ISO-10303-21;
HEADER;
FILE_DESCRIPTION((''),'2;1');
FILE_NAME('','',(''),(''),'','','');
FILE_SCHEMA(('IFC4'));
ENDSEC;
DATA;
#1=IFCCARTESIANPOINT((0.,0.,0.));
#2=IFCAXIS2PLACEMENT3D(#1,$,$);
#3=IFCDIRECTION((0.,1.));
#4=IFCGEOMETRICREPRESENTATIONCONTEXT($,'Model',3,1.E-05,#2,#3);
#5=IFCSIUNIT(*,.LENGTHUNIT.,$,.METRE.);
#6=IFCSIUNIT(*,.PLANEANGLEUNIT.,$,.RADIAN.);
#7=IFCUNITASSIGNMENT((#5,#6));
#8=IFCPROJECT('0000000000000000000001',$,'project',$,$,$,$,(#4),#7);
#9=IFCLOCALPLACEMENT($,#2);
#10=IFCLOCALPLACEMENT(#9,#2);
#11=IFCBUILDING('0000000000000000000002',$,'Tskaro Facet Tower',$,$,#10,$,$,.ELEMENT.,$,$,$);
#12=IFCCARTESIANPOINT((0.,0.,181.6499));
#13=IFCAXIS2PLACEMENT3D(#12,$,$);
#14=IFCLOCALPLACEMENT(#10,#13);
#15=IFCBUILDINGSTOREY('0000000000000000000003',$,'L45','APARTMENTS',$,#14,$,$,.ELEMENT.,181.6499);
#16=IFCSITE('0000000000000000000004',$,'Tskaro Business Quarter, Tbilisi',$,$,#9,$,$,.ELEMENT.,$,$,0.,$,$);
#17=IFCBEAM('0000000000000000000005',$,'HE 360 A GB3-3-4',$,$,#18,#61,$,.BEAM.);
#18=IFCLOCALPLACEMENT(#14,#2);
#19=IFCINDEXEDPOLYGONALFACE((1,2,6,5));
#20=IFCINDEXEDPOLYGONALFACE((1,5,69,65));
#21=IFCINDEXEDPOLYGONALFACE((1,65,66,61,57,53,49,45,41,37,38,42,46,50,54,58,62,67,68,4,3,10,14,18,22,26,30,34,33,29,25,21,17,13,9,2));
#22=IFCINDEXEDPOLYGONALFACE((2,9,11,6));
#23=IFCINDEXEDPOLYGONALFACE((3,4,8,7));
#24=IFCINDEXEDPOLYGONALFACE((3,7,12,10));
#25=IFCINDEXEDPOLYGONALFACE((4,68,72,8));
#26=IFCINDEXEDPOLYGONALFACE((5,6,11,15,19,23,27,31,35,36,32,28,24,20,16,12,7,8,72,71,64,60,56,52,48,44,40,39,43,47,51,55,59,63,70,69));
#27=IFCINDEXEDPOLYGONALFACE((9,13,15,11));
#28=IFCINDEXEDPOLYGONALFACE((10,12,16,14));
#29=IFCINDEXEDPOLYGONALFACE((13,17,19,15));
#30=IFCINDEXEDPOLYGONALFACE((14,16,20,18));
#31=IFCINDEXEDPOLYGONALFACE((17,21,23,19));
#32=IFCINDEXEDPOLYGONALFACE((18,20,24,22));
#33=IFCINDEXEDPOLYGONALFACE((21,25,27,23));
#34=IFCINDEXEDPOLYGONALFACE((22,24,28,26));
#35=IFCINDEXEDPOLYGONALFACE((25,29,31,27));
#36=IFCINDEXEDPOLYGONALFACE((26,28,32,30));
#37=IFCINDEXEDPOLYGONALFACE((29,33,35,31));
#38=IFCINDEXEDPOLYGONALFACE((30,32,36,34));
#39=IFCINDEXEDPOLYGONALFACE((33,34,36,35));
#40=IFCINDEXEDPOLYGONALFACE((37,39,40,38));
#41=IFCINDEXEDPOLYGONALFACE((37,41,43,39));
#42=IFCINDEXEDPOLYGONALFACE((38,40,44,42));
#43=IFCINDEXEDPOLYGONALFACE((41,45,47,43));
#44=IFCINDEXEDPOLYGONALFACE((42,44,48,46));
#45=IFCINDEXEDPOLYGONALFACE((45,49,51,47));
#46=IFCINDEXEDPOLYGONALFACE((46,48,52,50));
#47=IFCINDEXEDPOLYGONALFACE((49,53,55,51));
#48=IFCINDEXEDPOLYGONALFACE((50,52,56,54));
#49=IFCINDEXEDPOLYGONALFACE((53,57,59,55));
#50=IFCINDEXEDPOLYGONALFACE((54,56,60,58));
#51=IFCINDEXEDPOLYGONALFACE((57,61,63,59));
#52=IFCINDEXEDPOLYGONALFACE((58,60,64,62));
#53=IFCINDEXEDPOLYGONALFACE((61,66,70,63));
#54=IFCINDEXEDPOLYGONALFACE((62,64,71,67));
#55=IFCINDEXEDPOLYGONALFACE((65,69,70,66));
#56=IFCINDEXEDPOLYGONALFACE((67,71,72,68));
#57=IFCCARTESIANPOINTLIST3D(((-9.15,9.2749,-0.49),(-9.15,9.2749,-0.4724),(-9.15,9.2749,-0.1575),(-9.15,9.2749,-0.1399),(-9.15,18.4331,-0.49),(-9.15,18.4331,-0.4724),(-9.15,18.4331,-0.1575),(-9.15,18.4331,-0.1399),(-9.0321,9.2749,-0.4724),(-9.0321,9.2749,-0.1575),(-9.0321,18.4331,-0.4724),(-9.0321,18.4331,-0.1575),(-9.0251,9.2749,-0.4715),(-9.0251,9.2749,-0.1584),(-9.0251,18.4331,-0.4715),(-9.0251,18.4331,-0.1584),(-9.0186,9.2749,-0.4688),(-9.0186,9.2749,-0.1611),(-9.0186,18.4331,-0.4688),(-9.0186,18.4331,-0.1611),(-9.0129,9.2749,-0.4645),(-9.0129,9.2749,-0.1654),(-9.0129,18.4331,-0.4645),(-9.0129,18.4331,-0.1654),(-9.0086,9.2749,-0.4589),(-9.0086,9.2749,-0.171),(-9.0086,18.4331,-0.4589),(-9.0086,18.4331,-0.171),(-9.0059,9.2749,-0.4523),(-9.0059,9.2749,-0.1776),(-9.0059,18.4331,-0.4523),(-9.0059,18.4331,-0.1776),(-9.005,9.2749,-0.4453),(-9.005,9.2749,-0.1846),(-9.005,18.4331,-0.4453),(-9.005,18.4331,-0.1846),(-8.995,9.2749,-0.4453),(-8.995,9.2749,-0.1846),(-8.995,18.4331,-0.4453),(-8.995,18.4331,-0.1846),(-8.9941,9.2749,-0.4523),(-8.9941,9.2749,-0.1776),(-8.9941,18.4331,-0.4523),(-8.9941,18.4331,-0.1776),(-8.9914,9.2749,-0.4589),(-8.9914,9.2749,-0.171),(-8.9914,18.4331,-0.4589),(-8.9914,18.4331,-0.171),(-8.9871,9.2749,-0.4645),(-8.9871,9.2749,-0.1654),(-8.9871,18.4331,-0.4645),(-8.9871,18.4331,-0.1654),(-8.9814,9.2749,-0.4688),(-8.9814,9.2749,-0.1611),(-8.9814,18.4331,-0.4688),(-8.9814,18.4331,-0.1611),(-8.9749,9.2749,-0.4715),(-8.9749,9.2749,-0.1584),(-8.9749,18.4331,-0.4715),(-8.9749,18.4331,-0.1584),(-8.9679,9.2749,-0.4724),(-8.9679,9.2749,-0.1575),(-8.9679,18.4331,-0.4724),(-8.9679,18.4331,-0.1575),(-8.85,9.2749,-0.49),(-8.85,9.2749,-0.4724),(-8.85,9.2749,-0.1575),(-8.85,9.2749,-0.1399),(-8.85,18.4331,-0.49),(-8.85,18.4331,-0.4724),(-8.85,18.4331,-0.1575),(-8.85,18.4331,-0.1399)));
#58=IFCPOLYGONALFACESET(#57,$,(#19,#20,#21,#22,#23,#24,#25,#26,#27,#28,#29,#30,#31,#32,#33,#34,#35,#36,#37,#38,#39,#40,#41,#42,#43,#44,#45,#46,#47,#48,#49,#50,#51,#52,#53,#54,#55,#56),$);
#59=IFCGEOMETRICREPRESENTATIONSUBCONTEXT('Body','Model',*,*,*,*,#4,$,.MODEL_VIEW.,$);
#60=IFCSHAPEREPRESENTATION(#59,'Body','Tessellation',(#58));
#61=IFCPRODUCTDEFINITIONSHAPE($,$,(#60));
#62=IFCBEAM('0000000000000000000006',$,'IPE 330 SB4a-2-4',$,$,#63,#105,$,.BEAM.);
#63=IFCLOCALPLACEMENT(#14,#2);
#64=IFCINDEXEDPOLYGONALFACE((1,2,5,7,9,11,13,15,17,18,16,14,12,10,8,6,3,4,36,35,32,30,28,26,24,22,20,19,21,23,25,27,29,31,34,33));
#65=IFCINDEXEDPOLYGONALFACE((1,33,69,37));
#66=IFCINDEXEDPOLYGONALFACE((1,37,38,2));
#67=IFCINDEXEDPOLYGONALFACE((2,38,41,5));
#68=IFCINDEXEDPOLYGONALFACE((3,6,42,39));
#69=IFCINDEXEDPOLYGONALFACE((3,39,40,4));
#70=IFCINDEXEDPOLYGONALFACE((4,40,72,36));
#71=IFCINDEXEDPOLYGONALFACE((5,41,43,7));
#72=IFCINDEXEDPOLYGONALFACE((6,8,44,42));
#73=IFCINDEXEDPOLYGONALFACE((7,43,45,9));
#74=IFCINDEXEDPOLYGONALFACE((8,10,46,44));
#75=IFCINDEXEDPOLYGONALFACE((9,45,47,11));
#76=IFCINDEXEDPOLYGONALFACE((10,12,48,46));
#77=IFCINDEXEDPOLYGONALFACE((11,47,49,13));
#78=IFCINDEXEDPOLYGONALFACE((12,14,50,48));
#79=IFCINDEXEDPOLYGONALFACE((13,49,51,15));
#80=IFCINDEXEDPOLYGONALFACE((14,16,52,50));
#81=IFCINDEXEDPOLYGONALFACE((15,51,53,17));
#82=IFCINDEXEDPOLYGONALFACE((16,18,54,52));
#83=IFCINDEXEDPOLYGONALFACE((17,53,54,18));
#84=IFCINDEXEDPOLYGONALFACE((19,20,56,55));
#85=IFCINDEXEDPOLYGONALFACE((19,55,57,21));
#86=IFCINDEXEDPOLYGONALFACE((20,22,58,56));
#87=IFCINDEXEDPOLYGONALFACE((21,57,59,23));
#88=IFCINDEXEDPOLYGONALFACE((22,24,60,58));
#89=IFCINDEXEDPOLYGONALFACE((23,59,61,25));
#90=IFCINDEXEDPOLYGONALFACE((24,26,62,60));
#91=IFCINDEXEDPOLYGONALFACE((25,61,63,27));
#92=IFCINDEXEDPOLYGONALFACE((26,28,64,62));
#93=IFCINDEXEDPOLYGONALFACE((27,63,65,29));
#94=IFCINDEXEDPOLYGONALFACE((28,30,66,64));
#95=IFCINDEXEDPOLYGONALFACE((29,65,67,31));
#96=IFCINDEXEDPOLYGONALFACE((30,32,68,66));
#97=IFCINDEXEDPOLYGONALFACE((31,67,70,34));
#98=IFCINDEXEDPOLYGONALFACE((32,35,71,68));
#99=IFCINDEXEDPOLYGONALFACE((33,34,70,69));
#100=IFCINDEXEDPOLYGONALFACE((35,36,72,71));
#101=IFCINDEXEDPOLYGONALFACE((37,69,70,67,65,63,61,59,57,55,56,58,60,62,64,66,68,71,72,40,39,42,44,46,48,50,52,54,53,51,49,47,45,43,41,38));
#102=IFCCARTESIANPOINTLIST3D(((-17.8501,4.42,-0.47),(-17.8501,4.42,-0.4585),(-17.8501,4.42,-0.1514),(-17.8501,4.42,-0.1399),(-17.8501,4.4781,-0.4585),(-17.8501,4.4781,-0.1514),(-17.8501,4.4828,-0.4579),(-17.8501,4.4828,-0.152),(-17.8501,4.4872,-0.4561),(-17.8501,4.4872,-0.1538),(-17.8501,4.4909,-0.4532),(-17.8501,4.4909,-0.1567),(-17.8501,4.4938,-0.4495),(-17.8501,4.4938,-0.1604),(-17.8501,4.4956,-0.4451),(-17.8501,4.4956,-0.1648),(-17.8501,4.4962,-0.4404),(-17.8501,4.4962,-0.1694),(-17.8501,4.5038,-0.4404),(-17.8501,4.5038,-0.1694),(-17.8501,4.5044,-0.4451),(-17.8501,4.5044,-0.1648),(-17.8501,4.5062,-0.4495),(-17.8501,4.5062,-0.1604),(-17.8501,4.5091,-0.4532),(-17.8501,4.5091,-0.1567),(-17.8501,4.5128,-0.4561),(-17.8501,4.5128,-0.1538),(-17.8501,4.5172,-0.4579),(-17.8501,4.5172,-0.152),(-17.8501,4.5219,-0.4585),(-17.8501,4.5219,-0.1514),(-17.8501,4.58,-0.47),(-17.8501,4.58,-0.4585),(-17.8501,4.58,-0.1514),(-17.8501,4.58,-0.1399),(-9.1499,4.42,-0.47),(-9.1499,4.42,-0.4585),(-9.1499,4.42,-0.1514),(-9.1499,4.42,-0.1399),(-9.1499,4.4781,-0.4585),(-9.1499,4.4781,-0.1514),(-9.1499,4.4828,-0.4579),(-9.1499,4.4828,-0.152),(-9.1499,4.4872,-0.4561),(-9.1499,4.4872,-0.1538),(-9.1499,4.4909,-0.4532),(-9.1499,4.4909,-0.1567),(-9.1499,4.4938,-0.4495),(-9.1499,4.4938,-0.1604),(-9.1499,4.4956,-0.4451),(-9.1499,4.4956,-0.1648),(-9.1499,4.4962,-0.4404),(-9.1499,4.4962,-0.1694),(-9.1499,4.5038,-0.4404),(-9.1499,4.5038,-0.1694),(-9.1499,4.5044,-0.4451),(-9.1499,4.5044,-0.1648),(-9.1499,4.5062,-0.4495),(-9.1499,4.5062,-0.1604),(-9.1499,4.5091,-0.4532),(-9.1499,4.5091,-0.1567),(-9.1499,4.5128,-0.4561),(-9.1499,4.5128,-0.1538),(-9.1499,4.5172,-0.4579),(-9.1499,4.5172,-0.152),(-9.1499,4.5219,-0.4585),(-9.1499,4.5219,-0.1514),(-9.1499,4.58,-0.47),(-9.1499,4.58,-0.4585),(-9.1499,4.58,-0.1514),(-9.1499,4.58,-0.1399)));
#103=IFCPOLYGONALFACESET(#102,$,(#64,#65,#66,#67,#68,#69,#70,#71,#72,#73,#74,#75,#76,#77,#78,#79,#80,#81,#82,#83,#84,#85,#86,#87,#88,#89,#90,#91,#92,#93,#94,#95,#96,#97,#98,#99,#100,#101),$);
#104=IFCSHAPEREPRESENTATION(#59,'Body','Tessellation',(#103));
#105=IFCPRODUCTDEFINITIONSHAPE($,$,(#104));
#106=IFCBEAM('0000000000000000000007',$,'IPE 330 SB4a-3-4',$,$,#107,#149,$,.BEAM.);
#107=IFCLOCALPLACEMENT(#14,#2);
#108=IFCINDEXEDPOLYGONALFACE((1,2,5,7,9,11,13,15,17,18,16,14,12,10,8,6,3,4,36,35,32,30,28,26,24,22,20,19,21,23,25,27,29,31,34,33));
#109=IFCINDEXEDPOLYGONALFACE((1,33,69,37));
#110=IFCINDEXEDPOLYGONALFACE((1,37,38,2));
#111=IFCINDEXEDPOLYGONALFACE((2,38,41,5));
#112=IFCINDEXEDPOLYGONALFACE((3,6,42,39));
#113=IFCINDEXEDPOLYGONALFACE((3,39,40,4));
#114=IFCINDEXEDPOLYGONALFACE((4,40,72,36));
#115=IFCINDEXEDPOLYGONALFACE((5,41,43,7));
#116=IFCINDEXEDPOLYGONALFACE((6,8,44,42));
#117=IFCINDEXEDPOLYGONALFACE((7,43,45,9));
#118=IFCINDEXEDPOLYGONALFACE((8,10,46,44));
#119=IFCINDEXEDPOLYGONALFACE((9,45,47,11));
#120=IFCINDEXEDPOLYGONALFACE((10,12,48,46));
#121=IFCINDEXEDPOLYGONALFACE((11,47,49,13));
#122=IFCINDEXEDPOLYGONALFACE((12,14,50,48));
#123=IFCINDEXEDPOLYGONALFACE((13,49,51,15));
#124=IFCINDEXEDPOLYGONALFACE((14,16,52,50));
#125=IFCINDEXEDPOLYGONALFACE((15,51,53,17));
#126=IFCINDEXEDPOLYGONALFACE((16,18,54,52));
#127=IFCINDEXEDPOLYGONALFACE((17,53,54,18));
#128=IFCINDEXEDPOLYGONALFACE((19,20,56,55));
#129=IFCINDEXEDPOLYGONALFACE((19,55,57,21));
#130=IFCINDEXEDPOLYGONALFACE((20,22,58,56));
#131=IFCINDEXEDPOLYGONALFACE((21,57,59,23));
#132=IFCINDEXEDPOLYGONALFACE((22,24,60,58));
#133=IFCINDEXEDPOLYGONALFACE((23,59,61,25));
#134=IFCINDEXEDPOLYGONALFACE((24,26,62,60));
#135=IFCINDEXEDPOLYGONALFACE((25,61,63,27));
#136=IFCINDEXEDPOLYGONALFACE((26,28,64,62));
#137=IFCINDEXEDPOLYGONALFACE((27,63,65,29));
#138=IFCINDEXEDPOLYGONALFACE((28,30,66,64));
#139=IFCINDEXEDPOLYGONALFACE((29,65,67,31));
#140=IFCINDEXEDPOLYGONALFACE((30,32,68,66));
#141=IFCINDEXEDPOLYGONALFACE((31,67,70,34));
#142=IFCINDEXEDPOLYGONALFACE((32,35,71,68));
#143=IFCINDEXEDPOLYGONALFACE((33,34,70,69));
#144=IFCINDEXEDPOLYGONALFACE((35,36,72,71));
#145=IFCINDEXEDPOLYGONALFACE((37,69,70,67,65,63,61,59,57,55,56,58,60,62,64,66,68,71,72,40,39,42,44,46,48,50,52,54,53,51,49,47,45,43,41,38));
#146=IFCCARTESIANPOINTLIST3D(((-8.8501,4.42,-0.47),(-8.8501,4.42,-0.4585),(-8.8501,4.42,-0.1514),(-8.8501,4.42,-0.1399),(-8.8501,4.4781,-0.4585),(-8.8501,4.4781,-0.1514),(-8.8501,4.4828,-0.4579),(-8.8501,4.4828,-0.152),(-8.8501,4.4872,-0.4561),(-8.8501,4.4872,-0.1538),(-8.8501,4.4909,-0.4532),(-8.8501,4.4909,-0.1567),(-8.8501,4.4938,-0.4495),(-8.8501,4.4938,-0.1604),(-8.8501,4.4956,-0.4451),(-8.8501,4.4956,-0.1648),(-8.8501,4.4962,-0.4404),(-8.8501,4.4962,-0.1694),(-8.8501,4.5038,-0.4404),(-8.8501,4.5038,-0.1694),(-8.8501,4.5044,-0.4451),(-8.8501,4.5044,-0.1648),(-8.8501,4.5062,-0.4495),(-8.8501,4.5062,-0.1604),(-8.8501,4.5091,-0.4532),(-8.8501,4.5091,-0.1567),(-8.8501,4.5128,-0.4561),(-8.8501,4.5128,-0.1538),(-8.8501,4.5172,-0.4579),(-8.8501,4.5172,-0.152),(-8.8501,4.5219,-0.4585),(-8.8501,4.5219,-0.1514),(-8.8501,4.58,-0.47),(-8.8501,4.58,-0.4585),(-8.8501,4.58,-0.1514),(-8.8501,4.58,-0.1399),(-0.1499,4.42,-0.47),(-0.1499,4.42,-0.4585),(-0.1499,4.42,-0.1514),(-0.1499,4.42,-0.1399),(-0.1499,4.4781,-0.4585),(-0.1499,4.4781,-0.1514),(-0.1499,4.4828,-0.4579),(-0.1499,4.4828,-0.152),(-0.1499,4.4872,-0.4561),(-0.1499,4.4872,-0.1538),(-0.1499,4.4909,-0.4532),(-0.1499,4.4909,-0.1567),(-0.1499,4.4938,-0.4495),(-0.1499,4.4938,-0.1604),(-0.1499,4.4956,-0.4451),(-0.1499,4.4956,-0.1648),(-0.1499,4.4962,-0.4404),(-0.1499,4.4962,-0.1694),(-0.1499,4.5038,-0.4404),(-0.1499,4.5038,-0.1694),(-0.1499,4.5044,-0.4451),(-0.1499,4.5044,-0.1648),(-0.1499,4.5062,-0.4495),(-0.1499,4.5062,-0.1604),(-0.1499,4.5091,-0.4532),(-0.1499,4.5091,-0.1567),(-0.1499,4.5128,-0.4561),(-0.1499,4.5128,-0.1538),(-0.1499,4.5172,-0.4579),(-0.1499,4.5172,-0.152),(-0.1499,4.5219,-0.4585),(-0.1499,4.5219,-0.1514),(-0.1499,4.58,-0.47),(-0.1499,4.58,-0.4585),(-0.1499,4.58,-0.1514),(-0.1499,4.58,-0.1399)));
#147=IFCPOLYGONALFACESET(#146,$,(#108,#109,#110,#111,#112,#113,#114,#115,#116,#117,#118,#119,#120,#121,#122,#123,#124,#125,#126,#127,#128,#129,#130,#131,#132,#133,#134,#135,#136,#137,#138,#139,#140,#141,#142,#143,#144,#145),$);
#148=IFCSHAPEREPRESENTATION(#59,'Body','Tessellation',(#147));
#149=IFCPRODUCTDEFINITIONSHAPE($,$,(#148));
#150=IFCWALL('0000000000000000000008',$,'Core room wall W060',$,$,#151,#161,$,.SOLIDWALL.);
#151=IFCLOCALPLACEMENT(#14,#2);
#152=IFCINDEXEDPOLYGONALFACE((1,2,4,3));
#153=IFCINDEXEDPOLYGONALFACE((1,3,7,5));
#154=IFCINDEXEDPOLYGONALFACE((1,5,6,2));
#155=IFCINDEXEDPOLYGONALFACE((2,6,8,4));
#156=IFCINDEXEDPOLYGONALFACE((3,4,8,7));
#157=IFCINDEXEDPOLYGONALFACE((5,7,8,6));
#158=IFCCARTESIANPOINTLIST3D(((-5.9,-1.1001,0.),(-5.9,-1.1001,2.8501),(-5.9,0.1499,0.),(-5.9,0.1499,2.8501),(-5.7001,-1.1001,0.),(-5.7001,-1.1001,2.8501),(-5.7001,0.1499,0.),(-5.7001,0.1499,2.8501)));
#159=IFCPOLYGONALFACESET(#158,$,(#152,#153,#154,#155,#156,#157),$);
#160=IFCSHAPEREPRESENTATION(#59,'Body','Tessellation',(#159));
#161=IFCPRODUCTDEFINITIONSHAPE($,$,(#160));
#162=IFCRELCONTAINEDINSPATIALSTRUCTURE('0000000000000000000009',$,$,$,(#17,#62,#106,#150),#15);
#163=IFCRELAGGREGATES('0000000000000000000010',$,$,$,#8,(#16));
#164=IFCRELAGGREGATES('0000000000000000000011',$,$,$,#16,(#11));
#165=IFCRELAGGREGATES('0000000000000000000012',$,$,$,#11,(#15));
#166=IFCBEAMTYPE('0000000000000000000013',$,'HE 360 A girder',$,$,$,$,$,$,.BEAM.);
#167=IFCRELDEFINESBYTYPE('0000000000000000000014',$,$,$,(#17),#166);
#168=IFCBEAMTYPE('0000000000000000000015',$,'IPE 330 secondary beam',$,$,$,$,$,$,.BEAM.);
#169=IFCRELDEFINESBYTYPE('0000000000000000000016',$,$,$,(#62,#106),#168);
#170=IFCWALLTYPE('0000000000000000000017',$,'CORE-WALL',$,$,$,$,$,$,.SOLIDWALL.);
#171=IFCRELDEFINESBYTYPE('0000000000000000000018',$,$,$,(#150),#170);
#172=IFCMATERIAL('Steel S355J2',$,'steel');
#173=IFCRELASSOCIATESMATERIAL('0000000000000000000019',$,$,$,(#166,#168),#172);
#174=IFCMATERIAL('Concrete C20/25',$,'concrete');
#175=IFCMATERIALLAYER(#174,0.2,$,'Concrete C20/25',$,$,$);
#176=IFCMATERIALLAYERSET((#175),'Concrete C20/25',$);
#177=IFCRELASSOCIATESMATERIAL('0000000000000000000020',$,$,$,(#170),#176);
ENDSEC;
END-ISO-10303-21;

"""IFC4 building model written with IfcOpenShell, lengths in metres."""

from ifc_helpers import new_model, si_unit, direction, frame, frame_2d, origin, origin_2d, place, context, subcontext, project, spatial, rectangle, i_section, extrude, material, layer, layer_set, material_profile, profile_set, type_object, element, save


model = new_model("IFC4")

# Units and contexts
model_context = context("Model", 3, precision=1e-05, world=origin(), true_north=direction((0.0, 1.0)))
body_context = subcontext(model_context, "Body", "Model", "MODEL_VIEW")
ifc_project = project(units=[si_unit("LENGTHUNIT", "METRE"), si_unit("PLANEANGLEUNIT", "RADIAN")], contexts=[model_context])

# Site, building, storey
site_placement = place(None, origin())
site = spatial("IfcSite", under=ifc_project, at=site_placement, Name="Tskaro Business Quarter, Tbilisi", CompositionType="ELEMENT", RefElevation=0.0)
building_placement = place(site_placement, origin())
building = spatial("IfcBuilding", under=site, at=building_placement, Name="Tskaro Facet Tower", CompositionType="ELEMENT")
storey_placement = place(building_placement, frame((0.0, 0.0, 181.6499)))
storey = spatial("IfcBuildingStorey", under=building, at=storey_placement, Name="L45", Description="APARTMENTS", CompositionType="ELEMENT", Elevation=181.6499)

# Beams
ifc_material_1 = material(Name="Steel S355J2", Category="steel")
ifc_material_profile_1 = material_profile(ifc_material_1, i_section(OverallWidth=0.3, OverallDepth=0.3501, WebThickness=0.01, FlangeThickness=0.0176, FilletRadius=0.0271, at=origin_2d()), Name="HE 360 A")
ifc_profile_set_1 = profile_set([ifc_material_profile_1], Name="Steel S355J2")
beam_type_1 = type_object("IfcBeamType", Name="HE 360 A girder", PredefinedType="BEAM", material=ifc_profile_set_1)
beam_1_placement = place(storey_placement, frame((-9.0, 9.2749, -0.3149), z_axis=(0.0, 1.0, 0.0), x_axis=(-1.0, 0.0, 0.0)))
element("IfcBeam", 1, at=beam_1_placement, inside=storey, type_object=beam_type_1, Name="HE 360 A GB3-3-4", PredefinedType="BEAM", context=body_context, shape_type="SweptSolid", body=[
    extrude(i_section(OverallWidth=0.3, OverallDepth=0.3501, WebThickness=0.01, FlangeThickness=0.0176, FilletRadius=0.0271, at=origin_2d()), origin(), (0.0, 0.0, 1.0), 9.1582),
])
ifc_material_profile_2 = material_profile(ifc_material_1, i_section(OverallWidth=0.1599, OverallDepth=0.3301, WebThickness=0.0076, FlangeThickness=0.0115, FilletRadius=0.0181, at=origin_2d()), Name="IPE 330")
ifc_profile_set_2 = profile_set([ifc_material_profile_2], Name="Steel S355J2")
beam_type_2 = type_object("IfcBeamType", Name="IPE 330 secondary beam", PredefinedType="BEAM", material=ifc_profile_set_2)
for number, where, z_axis, x_axis, name in (
    (2, (-17.8501, 4.5, -0.3049), (1.0, 0.0, 0.0), (0.0, 1.0, 0.0), "IPE 330 SB4a-2-4"),
    (3, (-8.8501, 4.5, -0.3049), (1.0, 0.0, 0.0), (0.0, 1.0, 0.0), "IPE 330 SB4a-3-4"),
):
    element("IfcBeam", number, at=place(storey_placement, frame(where, z_axis=z_axis, x_axis=x_axis)), inside=storey, type_object=beam_type_2, Name=name, PredefinedType="BEAM", context=body_context, shape_type="SweptSolid", body=[
        extrude(i_section(OverallWidth=0.1599, OverallDepth=0.3301, WebThickness=0.0076, FlangeThickness=0.0115, FilletRadius=0.0181, at=origin_2d()), origin(), (0.0, 0.0, 1.0), 8.7002),
    ])

# Wall
ifc_material_2 = material(Name="Concrete C20/25", Category="concrete")
ifc_layer_1 = layer(ifc_material_2, 0.2, Name="Concrete C20/25")
ifc_layer_set_1 = layer_set([ifc_layer_1], Name="Concrete C20/25")
wall_type_1 = type_object("IfcWallType", Name="CORE-WALL", PredefinedType="SOLIDWALL", material=ifc_layer_set_1)
wall_1_placement = place(storey_placement, frame((-5.8, -1.1001, 0.0), z_axis=(0.0, 0.0, 1.0), x_axis=(0.0, 1.0, 0.0)))
element("IfcWall", 4, at=wall_1_placement, inside=storey, type_object=wall_type_1, Name="Core room wall W060", PredefinedType="SOLIDWALL", context=body_context, shape_type="SweptSolid", body=[
    extrude(rectangle(XDim=1.25, YDim=0.2, at=frame_2d((0.625, 0.0))), origin(), (0.0, 0.0, 1.0), 2.8501),
])

save(model, "model.ifc")
